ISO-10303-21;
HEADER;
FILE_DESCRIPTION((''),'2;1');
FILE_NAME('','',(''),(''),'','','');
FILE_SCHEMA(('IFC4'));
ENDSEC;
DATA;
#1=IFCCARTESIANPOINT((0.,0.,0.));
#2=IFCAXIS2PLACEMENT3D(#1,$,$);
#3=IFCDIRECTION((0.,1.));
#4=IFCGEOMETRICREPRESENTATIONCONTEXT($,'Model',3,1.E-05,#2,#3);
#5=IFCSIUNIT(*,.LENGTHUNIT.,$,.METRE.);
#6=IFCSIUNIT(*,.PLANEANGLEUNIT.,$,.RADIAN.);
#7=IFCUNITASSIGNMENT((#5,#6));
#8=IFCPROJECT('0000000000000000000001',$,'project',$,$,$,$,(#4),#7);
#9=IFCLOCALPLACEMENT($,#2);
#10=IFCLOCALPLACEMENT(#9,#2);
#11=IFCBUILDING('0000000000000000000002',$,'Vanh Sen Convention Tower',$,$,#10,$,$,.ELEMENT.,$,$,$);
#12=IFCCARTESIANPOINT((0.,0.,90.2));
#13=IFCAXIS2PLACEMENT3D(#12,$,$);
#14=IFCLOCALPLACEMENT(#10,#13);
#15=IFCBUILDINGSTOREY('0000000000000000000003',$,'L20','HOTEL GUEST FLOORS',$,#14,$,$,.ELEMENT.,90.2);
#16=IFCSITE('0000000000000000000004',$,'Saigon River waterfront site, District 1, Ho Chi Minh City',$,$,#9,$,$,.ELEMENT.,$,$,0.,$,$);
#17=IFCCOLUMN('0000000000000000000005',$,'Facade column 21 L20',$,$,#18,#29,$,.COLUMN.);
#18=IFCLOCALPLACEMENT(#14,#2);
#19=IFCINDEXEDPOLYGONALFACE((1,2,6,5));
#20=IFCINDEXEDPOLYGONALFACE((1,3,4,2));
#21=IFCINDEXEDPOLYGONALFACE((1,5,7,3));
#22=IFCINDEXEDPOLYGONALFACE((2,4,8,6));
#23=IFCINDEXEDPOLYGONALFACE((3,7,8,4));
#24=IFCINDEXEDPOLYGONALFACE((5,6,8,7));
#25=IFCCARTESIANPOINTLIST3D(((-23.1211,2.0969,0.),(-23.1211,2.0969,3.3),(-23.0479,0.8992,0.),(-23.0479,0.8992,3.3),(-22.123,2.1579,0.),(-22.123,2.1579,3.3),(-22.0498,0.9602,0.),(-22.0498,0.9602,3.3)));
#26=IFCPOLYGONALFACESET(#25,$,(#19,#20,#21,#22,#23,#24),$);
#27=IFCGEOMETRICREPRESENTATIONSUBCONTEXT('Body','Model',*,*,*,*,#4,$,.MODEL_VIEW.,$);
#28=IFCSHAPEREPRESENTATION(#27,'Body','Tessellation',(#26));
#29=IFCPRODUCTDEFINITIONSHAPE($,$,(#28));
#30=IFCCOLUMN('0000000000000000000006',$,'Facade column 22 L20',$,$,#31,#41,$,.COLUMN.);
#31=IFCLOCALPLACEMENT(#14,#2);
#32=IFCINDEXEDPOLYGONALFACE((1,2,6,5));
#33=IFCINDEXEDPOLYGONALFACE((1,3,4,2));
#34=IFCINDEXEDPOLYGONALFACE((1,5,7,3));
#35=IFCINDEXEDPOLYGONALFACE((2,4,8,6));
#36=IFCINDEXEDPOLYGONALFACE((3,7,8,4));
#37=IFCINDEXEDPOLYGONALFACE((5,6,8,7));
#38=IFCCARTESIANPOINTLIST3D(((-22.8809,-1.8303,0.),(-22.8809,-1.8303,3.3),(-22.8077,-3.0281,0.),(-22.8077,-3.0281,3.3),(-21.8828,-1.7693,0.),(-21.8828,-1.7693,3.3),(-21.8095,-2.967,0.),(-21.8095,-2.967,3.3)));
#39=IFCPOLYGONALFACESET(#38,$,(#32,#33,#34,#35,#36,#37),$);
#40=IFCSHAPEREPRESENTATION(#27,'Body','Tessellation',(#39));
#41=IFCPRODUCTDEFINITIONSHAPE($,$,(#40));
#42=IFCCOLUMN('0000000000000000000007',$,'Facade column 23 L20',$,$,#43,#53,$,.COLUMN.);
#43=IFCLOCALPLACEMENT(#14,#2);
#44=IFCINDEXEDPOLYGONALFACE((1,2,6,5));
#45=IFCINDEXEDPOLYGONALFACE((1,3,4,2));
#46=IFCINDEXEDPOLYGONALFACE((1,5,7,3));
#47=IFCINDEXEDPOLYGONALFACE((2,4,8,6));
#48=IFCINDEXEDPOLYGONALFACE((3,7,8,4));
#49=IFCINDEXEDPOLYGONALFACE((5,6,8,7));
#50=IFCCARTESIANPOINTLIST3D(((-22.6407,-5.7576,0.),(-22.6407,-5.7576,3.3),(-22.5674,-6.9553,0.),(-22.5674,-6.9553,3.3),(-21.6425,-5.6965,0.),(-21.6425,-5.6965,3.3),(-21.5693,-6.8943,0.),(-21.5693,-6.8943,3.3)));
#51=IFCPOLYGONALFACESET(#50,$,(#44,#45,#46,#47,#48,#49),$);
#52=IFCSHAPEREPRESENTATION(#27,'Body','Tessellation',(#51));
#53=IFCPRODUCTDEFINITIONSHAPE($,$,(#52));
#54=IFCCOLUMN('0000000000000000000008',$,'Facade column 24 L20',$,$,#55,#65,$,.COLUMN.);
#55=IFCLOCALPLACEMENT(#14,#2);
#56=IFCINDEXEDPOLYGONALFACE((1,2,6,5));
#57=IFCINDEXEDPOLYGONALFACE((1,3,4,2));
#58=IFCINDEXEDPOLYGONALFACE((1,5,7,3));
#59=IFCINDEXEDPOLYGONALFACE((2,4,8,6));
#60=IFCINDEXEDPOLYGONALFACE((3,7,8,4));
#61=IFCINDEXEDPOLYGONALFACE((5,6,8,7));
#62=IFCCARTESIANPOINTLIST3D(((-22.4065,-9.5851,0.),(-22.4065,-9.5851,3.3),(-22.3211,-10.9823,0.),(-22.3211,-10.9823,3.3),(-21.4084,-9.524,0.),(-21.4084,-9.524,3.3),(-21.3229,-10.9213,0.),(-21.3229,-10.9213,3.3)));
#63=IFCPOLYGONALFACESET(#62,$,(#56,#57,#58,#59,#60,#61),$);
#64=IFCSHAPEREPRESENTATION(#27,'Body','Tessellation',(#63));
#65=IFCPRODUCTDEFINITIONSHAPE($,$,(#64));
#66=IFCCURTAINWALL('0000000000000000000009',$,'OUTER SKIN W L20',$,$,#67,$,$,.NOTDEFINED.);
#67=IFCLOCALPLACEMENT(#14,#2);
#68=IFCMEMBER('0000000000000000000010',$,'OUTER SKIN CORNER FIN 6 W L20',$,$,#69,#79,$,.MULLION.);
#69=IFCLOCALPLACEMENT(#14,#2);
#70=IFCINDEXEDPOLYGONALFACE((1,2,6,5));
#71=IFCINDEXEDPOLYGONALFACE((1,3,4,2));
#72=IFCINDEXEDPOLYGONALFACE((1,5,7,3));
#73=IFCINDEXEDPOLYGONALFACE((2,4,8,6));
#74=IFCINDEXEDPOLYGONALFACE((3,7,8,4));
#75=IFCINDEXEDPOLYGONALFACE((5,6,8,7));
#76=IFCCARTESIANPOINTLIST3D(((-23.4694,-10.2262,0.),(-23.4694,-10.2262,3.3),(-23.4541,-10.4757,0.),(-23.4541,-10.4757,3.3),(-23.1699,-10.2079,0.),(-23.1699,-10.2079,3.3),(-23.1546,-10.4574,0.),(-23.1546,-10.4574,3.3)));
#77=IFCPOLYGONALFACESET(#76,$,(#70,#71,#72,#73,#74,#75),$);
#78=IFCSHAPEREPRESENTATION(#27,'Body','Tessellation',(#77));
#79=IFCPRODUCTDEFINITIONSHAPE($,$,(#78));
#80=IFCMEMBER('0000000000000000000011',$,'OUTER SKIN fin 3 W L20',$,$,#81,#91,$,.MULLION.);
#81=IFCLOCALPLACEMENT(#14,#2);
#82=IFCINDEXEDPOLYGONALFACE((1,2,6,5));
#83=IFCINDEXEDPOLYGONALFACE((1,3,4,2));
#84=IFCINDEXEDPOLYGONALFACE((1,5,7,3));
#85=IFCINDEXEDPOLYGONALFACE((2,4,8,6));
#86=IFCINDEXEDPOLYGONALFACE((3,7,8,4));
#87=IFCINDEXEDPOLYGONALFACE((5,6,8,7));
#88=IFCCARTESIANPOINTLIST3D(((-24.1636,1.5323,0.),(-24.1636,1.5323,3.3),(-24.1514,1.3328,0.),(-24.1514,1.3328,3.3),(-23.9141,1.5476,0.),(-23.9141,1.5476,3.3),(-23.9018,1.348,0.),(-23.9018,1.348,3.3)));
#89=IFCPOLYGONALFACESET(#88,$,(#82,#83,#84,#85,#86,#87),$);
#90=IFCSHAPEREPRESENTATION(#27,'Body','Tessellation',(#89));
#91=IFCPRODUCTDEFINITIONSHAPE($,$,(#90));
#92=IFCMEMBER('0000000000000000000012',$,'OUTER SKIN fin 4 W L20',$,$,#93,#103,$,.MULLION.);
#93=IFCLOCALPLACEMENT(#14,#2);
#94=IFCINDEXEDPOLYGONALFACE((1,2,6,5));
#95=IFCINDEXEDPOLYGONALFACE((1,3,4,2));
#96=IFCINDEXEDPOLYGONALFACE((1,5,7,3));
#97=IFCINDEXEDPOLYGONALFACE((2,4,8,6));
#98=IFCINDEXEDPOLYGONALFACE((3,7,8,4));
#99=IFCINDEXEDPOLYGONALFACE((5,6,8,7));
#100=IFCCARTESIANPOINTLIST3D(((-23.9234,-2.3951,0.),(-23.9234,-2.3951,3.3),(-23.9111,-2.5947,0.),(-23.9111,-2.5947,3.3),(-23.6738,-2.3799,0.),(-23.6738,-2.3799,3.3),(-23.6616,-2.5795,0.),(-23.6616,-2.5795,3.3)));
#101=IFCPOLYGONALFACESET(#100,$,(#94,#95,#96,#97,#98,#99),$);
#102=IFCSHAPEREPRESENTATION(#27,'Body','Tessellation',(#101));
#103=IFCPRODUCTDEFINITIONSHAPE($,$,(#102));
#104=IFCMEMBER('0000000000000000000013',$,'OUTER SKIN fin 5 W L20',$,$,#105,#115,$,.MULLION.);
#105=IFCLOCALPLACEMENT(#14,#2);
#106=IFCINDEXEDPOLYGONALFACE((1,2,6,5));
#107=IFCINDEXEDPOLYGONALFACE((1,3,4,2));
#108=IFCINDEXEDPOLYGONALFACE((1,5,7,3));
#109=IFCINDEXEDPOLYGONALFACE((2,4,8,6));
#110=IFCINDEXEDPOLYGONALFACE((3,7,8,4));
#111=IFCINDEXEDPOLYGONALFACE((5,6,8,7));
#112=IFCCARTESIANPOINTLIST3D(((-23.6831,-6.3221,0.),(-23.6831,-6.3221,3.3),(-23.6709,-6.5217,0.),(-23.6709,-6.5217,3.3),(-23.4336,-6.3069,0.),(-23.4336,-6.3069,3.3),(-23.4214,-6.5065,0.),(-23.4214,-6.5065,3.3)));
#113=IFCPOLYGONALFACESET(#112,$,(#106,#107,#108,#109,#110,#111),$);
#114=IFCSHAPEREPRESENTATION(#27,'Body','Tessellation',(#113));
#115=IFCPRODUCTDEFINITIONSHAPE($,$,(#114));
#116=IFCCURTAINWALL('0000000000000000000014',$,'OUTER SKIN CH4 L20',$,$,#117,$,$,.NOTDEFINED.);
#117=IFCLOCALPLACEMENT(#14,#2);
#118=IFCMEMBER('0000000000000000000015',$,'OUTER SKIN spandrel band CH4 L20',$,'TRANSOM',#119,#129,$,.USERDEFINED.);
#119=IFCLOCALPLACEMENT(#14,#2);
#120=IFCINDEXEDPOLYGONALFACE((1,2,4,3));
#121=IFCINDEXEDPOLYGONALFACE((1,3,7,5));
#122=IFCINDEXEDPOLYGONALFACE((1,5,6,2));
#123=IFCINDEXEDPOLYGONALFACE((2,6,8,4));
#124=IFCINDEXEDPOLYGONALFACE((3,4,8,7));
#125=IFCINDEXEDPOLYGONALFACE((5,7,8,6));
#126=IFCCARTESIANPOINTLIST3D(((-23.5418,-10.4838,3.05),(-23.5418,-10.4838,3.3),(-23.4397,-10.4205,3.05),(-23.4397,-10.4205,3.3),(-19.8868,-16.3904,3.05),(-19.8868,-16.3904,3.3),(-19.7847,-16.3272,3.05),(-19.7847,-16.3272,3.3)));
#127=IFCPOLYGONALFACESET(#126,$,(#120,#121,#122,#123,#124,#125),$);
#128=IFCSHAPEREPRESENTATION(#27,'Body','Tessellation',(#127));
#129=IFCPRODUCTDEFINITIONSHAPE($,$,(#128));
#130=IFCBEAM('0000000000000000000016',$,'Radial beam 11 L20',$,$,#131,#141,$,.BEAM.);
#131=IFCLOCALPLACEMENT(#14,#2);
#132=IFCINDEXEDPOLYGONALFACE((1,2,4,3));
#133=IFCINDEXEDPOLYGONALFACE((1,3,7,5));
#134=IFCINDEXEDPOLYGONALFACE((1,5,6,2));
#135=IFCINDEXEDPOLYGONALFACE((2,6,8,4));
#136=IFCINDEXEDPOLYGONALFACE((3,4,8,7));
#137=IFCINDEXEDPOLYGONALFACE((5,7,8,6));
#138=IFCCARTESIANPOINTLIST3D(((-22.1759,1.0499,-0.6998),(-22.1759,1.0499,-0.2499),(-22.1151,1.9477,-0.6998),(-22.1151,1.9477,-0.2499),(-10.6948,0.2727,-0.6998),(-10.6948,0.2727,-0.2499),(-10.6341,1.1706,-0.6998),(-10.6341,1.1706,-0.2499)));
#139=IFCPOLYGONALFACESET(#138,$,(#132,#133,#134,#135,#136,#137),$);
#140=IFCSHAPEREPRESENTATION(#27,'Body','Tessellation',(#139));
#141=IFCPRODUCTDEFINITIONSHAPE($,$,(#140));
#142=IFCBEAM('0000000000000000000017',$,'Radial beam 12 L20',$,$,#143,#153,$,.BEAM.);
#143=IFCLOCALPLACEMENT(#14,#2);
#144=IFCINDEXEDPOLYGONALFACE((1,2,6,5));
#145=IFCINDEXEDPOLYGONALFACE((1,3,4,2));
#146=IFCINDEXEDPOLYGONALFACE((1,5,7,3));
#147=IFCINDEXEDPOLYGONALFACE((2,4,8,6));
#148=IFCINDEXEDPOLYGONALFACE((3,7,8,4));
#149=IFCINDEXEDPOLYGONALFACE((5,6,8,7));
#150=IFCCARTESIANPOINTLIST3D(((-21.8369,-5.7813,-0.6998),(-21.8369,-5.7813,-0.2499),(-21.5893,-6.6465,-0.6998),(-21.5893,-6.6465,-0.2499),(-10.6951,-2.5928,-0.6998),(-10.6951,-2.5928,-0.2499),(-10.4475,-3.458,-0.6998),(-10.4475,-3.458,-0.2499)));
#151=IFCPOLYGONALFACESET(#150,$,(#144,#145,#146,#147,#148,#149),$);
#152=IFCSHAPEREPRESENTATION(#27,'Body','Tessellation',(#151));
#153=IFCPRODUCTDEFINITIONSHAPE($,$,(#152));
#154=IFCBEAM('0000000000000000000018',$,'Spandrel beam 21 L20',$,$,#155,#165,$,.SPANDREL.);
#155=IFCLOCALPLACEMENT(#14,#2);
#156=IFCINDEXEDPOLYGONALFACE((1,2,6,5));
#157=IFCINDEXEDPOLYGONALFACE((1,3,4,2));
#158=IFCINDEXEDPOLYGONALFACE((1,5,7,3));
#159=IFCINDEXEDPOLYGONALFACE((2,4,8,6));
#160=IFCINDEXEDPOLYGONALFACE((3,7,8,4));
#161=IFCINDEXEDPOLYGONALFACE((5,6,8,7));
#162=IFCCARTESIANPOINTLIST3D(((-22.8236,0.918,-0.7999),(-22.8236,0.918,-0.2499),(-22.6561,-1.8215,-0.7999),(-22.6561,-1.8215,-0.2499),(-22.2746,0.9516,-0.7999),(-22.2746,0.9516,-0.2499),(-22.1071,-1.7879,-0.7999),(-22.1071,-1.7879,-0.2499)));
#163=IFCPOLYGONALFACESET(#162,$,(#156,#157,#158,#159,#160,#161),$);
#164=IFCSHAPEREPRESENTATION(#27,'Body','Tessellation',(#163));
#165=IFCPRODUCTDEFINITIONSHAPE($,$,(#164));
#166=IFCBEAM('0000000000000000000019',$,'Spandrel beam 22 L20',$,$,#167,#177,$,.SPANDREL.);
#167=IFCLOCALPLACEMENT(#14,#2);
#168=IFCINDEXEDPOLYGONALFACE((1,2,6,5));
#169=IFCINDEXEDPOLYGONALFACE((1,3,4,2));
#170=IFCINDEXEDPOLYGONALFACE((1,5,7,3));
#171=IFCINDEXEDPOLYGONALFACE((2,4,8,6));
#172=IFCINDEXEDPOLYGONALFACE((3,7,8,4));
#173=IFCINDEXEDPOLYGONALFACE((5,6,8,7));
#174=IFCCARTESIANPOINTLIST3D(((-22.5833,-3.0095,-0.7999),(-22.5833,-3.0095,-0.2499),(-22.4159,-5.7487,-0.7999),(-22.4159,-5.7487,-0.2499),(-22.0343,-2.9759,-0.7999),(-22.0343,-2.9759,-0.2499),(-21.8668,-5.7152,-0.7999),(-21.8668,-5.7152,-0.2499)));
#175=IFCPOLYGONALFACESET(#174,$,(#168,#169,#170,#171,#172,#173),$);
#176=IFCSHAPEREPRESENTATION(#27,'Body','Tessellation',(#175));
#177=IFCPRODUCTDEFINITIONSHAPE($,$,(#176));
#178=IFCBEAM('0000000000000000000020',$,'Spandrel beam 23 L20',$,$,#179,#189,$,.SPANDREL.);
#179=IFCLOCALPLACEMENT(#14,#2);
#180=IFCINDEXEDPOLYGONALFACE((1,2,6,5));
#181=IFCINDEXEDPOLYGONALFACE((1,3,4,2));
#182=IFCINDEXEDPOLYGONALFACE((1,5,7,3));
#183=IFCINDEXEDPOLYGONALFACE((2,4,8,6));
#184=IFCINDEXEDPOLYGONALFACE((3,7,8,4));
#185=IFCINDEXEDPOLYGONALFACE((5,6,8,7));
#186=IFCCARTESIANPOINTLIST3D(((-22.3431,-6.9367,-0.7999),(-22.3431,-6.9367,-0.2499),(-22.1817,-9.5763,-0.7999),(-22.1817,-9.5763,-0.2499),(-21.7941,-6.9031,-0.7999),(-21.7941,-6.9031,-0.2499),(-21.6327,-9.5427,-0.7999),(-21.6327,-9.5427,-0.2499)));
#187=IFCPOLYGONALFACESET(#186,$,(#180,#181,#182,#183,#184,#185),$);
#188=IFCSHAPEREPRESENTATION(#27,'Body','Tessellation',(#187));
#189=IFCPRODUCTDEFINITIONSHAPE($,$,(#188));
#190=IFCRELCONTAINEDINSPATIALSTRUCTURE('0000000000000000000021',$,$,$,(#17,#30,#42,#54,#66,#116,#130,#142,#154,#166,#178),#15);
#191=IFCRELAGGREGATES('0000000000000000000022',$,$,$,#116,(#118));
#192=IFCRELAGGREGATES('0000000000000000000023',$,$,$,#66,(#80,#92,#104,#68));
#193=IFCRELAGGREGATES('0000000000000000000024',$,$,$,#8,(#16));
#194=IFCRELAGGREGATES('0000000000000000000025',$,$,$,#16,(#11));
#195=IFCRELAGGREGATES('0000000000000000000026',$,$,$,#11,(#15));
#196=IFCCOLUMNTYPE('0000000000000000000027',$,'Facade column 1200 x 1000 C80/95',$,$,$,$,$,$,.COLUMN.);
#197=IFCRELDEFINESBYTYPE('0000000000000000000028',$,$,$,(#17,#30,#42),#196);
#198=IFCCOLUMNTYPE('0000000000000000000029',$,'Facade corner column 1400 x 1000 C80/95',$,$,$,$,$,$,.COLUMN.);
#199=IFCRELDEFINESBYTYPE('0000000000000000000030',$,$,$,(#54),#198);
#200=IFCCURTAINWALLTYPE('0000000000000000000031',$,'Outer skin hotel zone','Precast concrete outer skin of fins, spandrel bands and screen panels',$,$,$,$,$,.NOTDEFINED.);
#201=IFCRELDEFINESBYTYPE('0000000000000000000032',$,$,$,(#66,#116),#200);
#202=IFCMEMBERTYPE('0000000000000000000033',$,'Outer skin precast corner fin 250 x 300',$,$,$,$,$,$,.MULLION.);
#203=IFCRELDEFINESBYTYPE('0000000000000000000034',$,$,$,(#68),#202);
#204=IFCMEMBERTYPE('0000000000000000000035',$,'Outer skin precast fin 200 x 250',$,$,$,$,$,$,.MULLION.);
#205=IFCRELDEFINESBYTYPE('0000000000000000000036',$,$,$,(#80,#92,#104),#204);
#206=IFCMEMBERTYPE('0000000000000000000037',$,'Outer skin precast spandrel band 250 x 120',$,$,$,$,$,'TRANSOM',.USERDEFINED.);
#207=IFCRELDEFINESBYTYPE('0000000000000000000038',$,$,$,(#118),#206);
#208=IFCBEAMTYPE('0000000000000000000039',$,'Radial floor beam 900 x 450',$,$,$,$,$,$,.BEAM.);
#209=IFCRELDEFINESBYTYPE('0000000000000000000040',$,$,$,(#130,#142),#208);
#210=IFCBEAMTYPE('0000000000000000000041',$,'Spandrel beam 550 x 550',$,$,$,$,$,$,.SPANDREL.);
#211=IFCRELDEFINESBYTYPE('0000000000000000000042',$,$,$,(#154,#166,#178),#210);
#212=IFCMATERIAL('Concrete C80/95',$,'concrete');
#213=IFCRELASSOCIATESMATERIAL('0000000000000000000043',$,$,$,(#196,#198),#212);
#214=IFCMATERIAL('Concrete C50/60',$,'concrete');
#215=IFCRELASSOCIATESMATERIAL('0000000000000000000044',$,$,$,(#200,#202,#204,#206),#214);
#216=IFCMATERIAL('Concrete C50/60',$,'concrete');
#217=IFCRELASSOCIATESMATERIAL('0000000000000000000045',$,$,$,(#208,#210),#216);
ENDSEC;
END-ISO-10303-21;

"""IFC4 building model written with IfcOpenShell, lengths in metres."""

from ifc_helpers import new_model, si_unit, direction, frame, origin, origin_2d, place, context, subcontext, project, spatial, rectangle, extrude, material, material_profile, profile_set, type_object, element, aggregate, save


model = new_model("IFC4")

# Units and contexts
model_context = context("Model", 3, precision=1e-05, world=origin(), true_north=direction((0.0, 1.0)))
body_context = subcontext(model_context, "Body", "Model", "MODEL_VIEW")
ifc_project = project(units=[si_unit("LENGTHUNIT", "METRE"), si_unit("PLANEANGLEUNIT", "RADIAN")], contexts=[model_context])

# Site, building, storey
site_placement = place(None, origin())
site = spatial("IfcSite", under=ifc_project, at=site_placement, Name="Saigon River waterfront site, District 1, Ho Chi Minh City", CompositionType="ELEMENT", RefElevation=0.0)
building_placement = place(site_placement, origin())
building = spatial("IfcBuilding", under=site, at=building_placement, Name="Vanh Sen Convention Tower", CompositionType="ELEMENT")
storey_placement = place(building_placement, frame((0.0, 0.0, 90.2)))
storey = spatial("IfcBuildingStorey", under=building, at=storey_placement, Name="L20", Description="HOTEL GUEST FLOORS", CompositionType="ELEMENT", Elevation=90.2)

# Columns
ifc_material_1 = material(Name="Concrete C80/95", Category="concrete")
ifc_material_profile_1 = material_profile(ifc_material_1, rectangle(XDim=1.2, YDim=1.0, at=origin_2d()), Name="RC 1200X1000")
ifc_profile_set_1 = profile_set([ifc_material_profile_1], Name="Concrete C80/95")
column_type_1 = type_object("IfcColumnType", Name="Facade column 1200 x 1000 C80/95", PredefinedType="COLUMN", material=ifc_profile_set_1)
for number, where, z_axis, x_axis, name in (
    (1, (-22.5854, 1.5286, 0.0), (0.0, 0.0, 1.0), (0.061049, -0.998135, 0.0), "Facade column 21 L20"),
    (2, (-22.3452, -2.3987, 0.0), (0.0, 0.0, 1.0), (0.061049, -0.998135, 0.0), "Facade column 22 L20"),
    (3, (-22.105, -6.3259, 0.0), (0.0, 0.0, 1.0), (0.061049, -0.998135, 0.0), "Facade column 23 L20"),
):
    element("IfcColumn", number, at=place(storey_placement, frame(where, z_axis=z_axis, x_axis=x_axis)), inside=storey, type_object=column_type_1, Name=name, PredefinedType="COLUMN", context=body_context, shape_type="SweptSolid", body=[
        extrude(rectangle(XDim=1.2, YDim=1.0, at=origin_2d()), origin(), (0.0, 0.0, 1.0), 3.3),
    ])
ifc_material_profile_2 = material_profile(ifc_material_1, rectangle(XDim=1.3999, YDim=1.0, at=origin_2d()), Name="RC 1400X1000")
ifc_profile_set_2 = profile_set([ifc_material_profile_2], Name="Concrete C80/95")
column_type_2 = type_object("IfcColumnType", Name="Facade corner column 1400 x 1000 C80/95", PredefinedType="COLUMN", material=ifc_profile_set_2)
column_placement = place(storey_placement, frame((-21.8647, -10.2532, 0.0), z_axis=(0.0, 0.0, 1.0), x_axis=(0.061049, -0.998135, 0.0)))
element("IfcColumn", 4, at=column_placement, inside=storey, type_object=column_type_2, Name="Facade column 24 L20", PredefinedType="COLUMN", context=body_context, shape_type="SweptSolid", body=[
    extrude(rectangle(XDim=1.3999, YDim=1.0, at=origin_2d()), origin(), (0.0, 0.0, 1.0), 3.3),
])

# Curtain wall, members
ifc_material_2 = material(Name="Concrete C50/60", Category="concrete")
curtain_wall_type = type_object("IfcCurtainWallType", Name="Outer skin hotel zone", Description="Precast concrete outer skin of fins, spandrel bands and screen panels", PredefinedType="NOTDEFINED", material=ifc_material_2)
curtain_wall_1_placement = place(storey_placement, origin())
curtain_wall_1 = element("IfcCurtainWall", 5, at=curtain_wall_1_placement, inside=storey, type_object=curtain_wall_type, Name="OUTER SKIN W L20", PredefinedType="NOTDEFINED")
ifc_material_profile_3 = material_profile(ifc_material_2, rectangle(XDim=0.25, YDim=0.3, at=origin_2d()), Name="Outer skin precast corner fin 250 x 300")
ifc_profile_set_3 = profile_set([ifc_material_profile_3], Name="Concrete C50/60")
member_type_1 = type_object("IfcMemberType", Name="Outer skin precast corner fin 250 x 300", PredefinedType="MULLION", material=ifc_profile_set_3)
member_1_placement = place(storey_placement, frame((-23.312, -10.3418, 0.0), z_axis=(0.0, 0.0, 1.0), x_axis=(0.061049, -0.998135, 0.0)))
member_1 = element("IfcMember", 6, at=member_1_placement, type_object=member_type_1, Name="OUTER SKIN CORNER FIN 6 W L20", PredefinedType="MULLION", context=body_context, shape_type="SweptSolid", body=[
    extrude(rectangle(XDim=0.25, YDim=0.3, at=origin_2d()), origin(), (0.0, 0.0, 1.0), 3.3),
])
ifc_material_profile_4 = material_profile(ifc_material_2, rectangle(XDim=0.2, YDim=0.25, at=origin_2d()), Name="Outer skin precast fin 200 x 250")
ifc_profile_set_4 = profile_set([ifc_material_profile_4], Name="Concrete C50/60")
member_type_2 = type_object("IfcMemberType", Name="Outer skin precast fin 200 x 250", PredefinedType="MULLION", material=ifc_profile_set_4)
member_2_placement = place(storey_placement, frame((-24.0327, 1.4402, 0.0), z_axis=(0.0, 0.0, 1.0), x_axis=(0.061049, -0.998135, 0.0)))
member_2 = element("IfcMember", 7, at=member_2_placement, type_object=member_type_2, Name="OUTER SKIN fin 3 W L20", PredefinedType="MULLION", context=body_context, shape_type="SweptSolid", body=[
    extrude(rectangle(XDim=0.2, YDim=0.25, at=origin_2d()), origin(), (0.0, 0.0, 1.0), 3.3),
])
member_3_placement = place(storey_placement, frame((-23.7925, -2.4873, 0.0), z_axis=(0.0, 0.0, 1.0), x_axis=(0.061049, -0.998135, 0.0)))
member_3 = element("IfcMember", 8, at=member_3_placement, type_object=member_type_2, Name="OUTER SKIN fin 4 W L20", PredefinedType="MULLION", context=body_context, shape_type="SweptSolid", body=[
    extrude(rectangle(XDim=0.2, YDim=0.25, at=origin_2d()), origin(), (0.0, 0.0, 1.0), 3.3),
])
member_4_placement = place(storey_placement, frame((-23.5522, -6.4143, 0.0), z_axis=(0.0, 0.0, 1.0), x_axis=(0.061049, -0.998135, 0.0)))
member_4 = element("IfcMember", 9, at=member_4_placement, type_object=member_type_2, Name="OUTER SKIN fin 5 W L20", PredefinedType="MULLION", context=body_context, shape_type="SweptSolid", body=[
    extrude(rectangle(XDim=0.2, YDim=0.25, at=origin_2d()), origin(), (0.0, 0.0, 1.0), 3.3),
])

# Curtain wall, member
curtain_wall_2_placement = place(storey_placement, origin())
curtain_wall_2 = element("IfcCurtainWall", 10, at=curtain_wall_2_placement, inside=storey, type_object=curtain_wall_type, Name="OUTER SKIN CH4 L20", PredefinedType="NOTDEFINED")
ifc_material_profile_5 = material_profile(ifc_material_2, rectangle(XDim=0.1201, YDim=0.25, at=origin_2d()), Name="Outer skin precast spandrel band 250 x 120")
ifc_profile_set_5 = profile_set([ifc_material_profile_5], Name="Concrete C50/60")
member_type_3 = type_object("IfcMemberType", Name="Outer skin precast spandrel band 250 x 120", ElementType="TRANSOM", PredefinedType="USERDEFINED", material=ifc_profile_set_5)
member_5_placement = place(storey_placement, frame((-23.4907, -10.4521, 3.175), z_axis=(0.526196, -0.850363, 0.0), x_axis=(0.850363, 0.526196, 0.0)))
member_5 = element("IfcMember", 11, at=member_5_placement, type_object=member_type_3, Name="OUTER SKIN spandrel band CH4 L20", ObjectType="TRANSOM", PredefinedType="USERDEFINED", context=body_context, shape_type="SweptSolid", body=[
    extrude(rectangle(XDim=0.1201, YDim=0.25, at=origin_2d()), origin(), (0.0, 0.0, 1.0), 6.946),
])
aggregate(curtain_wall_2, [member_5])

# Beams
ifc_material_3 = material(Name="Concrete C50/60", Category="concrete")
ifc_material_profile_6 = material_profile(ifc_material_3, rectangle(XDim=0.8999, YDim=0.45, at=origin_2d()), Name="RC 900X450")
ifc_profile_set_6 = profile_set([ifc_material_profile_6], Name="Concrete C50/60")
beam_type_1 = type_object("IfcBeamType", Name="Radial floor beam 900 x 450", PredefinedType="BEAM", material=ifc_profile_set_6)
beam_1_placement = place(storey_placement, frame((-22.1455, 1.4988, -0.4749), z_axis=(0.997717, -0.067531, 0.0), x_axis=(0.067531, 0.997717, 0.0)))
element("IfcBeam", 12, at=beam_1_placement, inside=storey, type_object=beam_type_1, Name="Radial beam 11 L20", PredefinedType="BEAM", context=body_context, shape_type="SweptSolid", body=[
    extrude(rectangle(XDim=0.8999, YDim=0.45, at=origin_2d()), origin(), (0.0, 0.0, 1.0), 11.5073),
])
beam_2_placement = place(storey_placement, frame((-21.7131, -6.2139, -0.4749), z_axis=(0.961408, 0.275127, 0.0), x_axis=(-0.275127, 0.961408, 0.0)))
element("IfcBeam", 13, at=beam_2_placement, inside=storey, type_object=beam_type_1, Name="Radial beam 12 L20", PredefinedType="BEAM", context=body_context, shape_type="SweptSolid", body=[
    extrude(rectangle(XDim=0.8999, YDim=0.45, at=origin_2d()), origin(), (0.0, 0.0, 1.0), 11.5891),
])
ifc_material_profile_7 = material_profile(ifc_material_3, rectangle(XDim=0.55, YDim=0.55, at=origin_2d()), Name="RC 550X550")
ifc_profile_set_7 = profile_set([ifc_material_profile_7], Name="Concrete C50/60")
beam_type_2 = type_object("IfcBeamType", Name="Spandrel beam 550 x 550", PredefinedType="SPANDREL", material=ifc_profile_set_7)
beam_3_placement = place(storey_placement, frame((-22.5491, 0.9348, -0.5249), z_axis=(0.061021, -0.998136, 0.0), x_axis=(0.998136, 0.061021, 0.0)))
element("IfcBeam", 14, at=beam_3_placement, inside=storey, type_object=beam_type_2, Name="Spandrel beam 21 L20", PredefinedType="SPANDREL", context=body_context, shape_type="SweptSolid", body=[
    extrude(rectangle(XDim=0.55, YDim=0.55, at=origin_2d()), origin(), (0.0, 0.0, 1.0), 2.7446),
])
beam_4_placement = place(storey_placement, frame((-22.3088, -2.9927, -0.5249), z_axis=(0.061027, -0.998136, 0.0), x_axis=(0.998136, 0.061027, 0.0)))
element("IfcBeam", 15, at=beam_4_placement, inside=storey, type_object=beam_type_2, Name="Spandrel beam 22 L20", PredefinedType="SPANDREL", context=body_context, shape_type="SweptSolid", body=[
    extrude(rectangle(XDim=0.55, YDim=0.55, at=origin_2d()), origin(), (0.0, 0.0, 1.0), 2.7444),
])
beam_5_placement = place(storey_placement, frame((-22.0686, -6.9199, -0.5249), z_axis=(0.061022, -0.998136, 0.0), x_axis=(0.998136, 0.061022, 0.0)))
element("IfcBeam", 16, at=beam_5_placement, inside=storey, type_object=beam_type_2, Name="Spandrel beam 23 L20", PredefinedType="SPANDREL", context=body_context, shape_type="SweptSolid", body=[
    extrude(rectangle(XDim=0.55, YDim=0.55, at=origin_2d()), origin(), (0.0, 0.0, 1.0), 2.6445),
])

aggregate(curtain_wall_1, [member_2, member_3, member_4, member_1])

save(model, "model.ifc")
